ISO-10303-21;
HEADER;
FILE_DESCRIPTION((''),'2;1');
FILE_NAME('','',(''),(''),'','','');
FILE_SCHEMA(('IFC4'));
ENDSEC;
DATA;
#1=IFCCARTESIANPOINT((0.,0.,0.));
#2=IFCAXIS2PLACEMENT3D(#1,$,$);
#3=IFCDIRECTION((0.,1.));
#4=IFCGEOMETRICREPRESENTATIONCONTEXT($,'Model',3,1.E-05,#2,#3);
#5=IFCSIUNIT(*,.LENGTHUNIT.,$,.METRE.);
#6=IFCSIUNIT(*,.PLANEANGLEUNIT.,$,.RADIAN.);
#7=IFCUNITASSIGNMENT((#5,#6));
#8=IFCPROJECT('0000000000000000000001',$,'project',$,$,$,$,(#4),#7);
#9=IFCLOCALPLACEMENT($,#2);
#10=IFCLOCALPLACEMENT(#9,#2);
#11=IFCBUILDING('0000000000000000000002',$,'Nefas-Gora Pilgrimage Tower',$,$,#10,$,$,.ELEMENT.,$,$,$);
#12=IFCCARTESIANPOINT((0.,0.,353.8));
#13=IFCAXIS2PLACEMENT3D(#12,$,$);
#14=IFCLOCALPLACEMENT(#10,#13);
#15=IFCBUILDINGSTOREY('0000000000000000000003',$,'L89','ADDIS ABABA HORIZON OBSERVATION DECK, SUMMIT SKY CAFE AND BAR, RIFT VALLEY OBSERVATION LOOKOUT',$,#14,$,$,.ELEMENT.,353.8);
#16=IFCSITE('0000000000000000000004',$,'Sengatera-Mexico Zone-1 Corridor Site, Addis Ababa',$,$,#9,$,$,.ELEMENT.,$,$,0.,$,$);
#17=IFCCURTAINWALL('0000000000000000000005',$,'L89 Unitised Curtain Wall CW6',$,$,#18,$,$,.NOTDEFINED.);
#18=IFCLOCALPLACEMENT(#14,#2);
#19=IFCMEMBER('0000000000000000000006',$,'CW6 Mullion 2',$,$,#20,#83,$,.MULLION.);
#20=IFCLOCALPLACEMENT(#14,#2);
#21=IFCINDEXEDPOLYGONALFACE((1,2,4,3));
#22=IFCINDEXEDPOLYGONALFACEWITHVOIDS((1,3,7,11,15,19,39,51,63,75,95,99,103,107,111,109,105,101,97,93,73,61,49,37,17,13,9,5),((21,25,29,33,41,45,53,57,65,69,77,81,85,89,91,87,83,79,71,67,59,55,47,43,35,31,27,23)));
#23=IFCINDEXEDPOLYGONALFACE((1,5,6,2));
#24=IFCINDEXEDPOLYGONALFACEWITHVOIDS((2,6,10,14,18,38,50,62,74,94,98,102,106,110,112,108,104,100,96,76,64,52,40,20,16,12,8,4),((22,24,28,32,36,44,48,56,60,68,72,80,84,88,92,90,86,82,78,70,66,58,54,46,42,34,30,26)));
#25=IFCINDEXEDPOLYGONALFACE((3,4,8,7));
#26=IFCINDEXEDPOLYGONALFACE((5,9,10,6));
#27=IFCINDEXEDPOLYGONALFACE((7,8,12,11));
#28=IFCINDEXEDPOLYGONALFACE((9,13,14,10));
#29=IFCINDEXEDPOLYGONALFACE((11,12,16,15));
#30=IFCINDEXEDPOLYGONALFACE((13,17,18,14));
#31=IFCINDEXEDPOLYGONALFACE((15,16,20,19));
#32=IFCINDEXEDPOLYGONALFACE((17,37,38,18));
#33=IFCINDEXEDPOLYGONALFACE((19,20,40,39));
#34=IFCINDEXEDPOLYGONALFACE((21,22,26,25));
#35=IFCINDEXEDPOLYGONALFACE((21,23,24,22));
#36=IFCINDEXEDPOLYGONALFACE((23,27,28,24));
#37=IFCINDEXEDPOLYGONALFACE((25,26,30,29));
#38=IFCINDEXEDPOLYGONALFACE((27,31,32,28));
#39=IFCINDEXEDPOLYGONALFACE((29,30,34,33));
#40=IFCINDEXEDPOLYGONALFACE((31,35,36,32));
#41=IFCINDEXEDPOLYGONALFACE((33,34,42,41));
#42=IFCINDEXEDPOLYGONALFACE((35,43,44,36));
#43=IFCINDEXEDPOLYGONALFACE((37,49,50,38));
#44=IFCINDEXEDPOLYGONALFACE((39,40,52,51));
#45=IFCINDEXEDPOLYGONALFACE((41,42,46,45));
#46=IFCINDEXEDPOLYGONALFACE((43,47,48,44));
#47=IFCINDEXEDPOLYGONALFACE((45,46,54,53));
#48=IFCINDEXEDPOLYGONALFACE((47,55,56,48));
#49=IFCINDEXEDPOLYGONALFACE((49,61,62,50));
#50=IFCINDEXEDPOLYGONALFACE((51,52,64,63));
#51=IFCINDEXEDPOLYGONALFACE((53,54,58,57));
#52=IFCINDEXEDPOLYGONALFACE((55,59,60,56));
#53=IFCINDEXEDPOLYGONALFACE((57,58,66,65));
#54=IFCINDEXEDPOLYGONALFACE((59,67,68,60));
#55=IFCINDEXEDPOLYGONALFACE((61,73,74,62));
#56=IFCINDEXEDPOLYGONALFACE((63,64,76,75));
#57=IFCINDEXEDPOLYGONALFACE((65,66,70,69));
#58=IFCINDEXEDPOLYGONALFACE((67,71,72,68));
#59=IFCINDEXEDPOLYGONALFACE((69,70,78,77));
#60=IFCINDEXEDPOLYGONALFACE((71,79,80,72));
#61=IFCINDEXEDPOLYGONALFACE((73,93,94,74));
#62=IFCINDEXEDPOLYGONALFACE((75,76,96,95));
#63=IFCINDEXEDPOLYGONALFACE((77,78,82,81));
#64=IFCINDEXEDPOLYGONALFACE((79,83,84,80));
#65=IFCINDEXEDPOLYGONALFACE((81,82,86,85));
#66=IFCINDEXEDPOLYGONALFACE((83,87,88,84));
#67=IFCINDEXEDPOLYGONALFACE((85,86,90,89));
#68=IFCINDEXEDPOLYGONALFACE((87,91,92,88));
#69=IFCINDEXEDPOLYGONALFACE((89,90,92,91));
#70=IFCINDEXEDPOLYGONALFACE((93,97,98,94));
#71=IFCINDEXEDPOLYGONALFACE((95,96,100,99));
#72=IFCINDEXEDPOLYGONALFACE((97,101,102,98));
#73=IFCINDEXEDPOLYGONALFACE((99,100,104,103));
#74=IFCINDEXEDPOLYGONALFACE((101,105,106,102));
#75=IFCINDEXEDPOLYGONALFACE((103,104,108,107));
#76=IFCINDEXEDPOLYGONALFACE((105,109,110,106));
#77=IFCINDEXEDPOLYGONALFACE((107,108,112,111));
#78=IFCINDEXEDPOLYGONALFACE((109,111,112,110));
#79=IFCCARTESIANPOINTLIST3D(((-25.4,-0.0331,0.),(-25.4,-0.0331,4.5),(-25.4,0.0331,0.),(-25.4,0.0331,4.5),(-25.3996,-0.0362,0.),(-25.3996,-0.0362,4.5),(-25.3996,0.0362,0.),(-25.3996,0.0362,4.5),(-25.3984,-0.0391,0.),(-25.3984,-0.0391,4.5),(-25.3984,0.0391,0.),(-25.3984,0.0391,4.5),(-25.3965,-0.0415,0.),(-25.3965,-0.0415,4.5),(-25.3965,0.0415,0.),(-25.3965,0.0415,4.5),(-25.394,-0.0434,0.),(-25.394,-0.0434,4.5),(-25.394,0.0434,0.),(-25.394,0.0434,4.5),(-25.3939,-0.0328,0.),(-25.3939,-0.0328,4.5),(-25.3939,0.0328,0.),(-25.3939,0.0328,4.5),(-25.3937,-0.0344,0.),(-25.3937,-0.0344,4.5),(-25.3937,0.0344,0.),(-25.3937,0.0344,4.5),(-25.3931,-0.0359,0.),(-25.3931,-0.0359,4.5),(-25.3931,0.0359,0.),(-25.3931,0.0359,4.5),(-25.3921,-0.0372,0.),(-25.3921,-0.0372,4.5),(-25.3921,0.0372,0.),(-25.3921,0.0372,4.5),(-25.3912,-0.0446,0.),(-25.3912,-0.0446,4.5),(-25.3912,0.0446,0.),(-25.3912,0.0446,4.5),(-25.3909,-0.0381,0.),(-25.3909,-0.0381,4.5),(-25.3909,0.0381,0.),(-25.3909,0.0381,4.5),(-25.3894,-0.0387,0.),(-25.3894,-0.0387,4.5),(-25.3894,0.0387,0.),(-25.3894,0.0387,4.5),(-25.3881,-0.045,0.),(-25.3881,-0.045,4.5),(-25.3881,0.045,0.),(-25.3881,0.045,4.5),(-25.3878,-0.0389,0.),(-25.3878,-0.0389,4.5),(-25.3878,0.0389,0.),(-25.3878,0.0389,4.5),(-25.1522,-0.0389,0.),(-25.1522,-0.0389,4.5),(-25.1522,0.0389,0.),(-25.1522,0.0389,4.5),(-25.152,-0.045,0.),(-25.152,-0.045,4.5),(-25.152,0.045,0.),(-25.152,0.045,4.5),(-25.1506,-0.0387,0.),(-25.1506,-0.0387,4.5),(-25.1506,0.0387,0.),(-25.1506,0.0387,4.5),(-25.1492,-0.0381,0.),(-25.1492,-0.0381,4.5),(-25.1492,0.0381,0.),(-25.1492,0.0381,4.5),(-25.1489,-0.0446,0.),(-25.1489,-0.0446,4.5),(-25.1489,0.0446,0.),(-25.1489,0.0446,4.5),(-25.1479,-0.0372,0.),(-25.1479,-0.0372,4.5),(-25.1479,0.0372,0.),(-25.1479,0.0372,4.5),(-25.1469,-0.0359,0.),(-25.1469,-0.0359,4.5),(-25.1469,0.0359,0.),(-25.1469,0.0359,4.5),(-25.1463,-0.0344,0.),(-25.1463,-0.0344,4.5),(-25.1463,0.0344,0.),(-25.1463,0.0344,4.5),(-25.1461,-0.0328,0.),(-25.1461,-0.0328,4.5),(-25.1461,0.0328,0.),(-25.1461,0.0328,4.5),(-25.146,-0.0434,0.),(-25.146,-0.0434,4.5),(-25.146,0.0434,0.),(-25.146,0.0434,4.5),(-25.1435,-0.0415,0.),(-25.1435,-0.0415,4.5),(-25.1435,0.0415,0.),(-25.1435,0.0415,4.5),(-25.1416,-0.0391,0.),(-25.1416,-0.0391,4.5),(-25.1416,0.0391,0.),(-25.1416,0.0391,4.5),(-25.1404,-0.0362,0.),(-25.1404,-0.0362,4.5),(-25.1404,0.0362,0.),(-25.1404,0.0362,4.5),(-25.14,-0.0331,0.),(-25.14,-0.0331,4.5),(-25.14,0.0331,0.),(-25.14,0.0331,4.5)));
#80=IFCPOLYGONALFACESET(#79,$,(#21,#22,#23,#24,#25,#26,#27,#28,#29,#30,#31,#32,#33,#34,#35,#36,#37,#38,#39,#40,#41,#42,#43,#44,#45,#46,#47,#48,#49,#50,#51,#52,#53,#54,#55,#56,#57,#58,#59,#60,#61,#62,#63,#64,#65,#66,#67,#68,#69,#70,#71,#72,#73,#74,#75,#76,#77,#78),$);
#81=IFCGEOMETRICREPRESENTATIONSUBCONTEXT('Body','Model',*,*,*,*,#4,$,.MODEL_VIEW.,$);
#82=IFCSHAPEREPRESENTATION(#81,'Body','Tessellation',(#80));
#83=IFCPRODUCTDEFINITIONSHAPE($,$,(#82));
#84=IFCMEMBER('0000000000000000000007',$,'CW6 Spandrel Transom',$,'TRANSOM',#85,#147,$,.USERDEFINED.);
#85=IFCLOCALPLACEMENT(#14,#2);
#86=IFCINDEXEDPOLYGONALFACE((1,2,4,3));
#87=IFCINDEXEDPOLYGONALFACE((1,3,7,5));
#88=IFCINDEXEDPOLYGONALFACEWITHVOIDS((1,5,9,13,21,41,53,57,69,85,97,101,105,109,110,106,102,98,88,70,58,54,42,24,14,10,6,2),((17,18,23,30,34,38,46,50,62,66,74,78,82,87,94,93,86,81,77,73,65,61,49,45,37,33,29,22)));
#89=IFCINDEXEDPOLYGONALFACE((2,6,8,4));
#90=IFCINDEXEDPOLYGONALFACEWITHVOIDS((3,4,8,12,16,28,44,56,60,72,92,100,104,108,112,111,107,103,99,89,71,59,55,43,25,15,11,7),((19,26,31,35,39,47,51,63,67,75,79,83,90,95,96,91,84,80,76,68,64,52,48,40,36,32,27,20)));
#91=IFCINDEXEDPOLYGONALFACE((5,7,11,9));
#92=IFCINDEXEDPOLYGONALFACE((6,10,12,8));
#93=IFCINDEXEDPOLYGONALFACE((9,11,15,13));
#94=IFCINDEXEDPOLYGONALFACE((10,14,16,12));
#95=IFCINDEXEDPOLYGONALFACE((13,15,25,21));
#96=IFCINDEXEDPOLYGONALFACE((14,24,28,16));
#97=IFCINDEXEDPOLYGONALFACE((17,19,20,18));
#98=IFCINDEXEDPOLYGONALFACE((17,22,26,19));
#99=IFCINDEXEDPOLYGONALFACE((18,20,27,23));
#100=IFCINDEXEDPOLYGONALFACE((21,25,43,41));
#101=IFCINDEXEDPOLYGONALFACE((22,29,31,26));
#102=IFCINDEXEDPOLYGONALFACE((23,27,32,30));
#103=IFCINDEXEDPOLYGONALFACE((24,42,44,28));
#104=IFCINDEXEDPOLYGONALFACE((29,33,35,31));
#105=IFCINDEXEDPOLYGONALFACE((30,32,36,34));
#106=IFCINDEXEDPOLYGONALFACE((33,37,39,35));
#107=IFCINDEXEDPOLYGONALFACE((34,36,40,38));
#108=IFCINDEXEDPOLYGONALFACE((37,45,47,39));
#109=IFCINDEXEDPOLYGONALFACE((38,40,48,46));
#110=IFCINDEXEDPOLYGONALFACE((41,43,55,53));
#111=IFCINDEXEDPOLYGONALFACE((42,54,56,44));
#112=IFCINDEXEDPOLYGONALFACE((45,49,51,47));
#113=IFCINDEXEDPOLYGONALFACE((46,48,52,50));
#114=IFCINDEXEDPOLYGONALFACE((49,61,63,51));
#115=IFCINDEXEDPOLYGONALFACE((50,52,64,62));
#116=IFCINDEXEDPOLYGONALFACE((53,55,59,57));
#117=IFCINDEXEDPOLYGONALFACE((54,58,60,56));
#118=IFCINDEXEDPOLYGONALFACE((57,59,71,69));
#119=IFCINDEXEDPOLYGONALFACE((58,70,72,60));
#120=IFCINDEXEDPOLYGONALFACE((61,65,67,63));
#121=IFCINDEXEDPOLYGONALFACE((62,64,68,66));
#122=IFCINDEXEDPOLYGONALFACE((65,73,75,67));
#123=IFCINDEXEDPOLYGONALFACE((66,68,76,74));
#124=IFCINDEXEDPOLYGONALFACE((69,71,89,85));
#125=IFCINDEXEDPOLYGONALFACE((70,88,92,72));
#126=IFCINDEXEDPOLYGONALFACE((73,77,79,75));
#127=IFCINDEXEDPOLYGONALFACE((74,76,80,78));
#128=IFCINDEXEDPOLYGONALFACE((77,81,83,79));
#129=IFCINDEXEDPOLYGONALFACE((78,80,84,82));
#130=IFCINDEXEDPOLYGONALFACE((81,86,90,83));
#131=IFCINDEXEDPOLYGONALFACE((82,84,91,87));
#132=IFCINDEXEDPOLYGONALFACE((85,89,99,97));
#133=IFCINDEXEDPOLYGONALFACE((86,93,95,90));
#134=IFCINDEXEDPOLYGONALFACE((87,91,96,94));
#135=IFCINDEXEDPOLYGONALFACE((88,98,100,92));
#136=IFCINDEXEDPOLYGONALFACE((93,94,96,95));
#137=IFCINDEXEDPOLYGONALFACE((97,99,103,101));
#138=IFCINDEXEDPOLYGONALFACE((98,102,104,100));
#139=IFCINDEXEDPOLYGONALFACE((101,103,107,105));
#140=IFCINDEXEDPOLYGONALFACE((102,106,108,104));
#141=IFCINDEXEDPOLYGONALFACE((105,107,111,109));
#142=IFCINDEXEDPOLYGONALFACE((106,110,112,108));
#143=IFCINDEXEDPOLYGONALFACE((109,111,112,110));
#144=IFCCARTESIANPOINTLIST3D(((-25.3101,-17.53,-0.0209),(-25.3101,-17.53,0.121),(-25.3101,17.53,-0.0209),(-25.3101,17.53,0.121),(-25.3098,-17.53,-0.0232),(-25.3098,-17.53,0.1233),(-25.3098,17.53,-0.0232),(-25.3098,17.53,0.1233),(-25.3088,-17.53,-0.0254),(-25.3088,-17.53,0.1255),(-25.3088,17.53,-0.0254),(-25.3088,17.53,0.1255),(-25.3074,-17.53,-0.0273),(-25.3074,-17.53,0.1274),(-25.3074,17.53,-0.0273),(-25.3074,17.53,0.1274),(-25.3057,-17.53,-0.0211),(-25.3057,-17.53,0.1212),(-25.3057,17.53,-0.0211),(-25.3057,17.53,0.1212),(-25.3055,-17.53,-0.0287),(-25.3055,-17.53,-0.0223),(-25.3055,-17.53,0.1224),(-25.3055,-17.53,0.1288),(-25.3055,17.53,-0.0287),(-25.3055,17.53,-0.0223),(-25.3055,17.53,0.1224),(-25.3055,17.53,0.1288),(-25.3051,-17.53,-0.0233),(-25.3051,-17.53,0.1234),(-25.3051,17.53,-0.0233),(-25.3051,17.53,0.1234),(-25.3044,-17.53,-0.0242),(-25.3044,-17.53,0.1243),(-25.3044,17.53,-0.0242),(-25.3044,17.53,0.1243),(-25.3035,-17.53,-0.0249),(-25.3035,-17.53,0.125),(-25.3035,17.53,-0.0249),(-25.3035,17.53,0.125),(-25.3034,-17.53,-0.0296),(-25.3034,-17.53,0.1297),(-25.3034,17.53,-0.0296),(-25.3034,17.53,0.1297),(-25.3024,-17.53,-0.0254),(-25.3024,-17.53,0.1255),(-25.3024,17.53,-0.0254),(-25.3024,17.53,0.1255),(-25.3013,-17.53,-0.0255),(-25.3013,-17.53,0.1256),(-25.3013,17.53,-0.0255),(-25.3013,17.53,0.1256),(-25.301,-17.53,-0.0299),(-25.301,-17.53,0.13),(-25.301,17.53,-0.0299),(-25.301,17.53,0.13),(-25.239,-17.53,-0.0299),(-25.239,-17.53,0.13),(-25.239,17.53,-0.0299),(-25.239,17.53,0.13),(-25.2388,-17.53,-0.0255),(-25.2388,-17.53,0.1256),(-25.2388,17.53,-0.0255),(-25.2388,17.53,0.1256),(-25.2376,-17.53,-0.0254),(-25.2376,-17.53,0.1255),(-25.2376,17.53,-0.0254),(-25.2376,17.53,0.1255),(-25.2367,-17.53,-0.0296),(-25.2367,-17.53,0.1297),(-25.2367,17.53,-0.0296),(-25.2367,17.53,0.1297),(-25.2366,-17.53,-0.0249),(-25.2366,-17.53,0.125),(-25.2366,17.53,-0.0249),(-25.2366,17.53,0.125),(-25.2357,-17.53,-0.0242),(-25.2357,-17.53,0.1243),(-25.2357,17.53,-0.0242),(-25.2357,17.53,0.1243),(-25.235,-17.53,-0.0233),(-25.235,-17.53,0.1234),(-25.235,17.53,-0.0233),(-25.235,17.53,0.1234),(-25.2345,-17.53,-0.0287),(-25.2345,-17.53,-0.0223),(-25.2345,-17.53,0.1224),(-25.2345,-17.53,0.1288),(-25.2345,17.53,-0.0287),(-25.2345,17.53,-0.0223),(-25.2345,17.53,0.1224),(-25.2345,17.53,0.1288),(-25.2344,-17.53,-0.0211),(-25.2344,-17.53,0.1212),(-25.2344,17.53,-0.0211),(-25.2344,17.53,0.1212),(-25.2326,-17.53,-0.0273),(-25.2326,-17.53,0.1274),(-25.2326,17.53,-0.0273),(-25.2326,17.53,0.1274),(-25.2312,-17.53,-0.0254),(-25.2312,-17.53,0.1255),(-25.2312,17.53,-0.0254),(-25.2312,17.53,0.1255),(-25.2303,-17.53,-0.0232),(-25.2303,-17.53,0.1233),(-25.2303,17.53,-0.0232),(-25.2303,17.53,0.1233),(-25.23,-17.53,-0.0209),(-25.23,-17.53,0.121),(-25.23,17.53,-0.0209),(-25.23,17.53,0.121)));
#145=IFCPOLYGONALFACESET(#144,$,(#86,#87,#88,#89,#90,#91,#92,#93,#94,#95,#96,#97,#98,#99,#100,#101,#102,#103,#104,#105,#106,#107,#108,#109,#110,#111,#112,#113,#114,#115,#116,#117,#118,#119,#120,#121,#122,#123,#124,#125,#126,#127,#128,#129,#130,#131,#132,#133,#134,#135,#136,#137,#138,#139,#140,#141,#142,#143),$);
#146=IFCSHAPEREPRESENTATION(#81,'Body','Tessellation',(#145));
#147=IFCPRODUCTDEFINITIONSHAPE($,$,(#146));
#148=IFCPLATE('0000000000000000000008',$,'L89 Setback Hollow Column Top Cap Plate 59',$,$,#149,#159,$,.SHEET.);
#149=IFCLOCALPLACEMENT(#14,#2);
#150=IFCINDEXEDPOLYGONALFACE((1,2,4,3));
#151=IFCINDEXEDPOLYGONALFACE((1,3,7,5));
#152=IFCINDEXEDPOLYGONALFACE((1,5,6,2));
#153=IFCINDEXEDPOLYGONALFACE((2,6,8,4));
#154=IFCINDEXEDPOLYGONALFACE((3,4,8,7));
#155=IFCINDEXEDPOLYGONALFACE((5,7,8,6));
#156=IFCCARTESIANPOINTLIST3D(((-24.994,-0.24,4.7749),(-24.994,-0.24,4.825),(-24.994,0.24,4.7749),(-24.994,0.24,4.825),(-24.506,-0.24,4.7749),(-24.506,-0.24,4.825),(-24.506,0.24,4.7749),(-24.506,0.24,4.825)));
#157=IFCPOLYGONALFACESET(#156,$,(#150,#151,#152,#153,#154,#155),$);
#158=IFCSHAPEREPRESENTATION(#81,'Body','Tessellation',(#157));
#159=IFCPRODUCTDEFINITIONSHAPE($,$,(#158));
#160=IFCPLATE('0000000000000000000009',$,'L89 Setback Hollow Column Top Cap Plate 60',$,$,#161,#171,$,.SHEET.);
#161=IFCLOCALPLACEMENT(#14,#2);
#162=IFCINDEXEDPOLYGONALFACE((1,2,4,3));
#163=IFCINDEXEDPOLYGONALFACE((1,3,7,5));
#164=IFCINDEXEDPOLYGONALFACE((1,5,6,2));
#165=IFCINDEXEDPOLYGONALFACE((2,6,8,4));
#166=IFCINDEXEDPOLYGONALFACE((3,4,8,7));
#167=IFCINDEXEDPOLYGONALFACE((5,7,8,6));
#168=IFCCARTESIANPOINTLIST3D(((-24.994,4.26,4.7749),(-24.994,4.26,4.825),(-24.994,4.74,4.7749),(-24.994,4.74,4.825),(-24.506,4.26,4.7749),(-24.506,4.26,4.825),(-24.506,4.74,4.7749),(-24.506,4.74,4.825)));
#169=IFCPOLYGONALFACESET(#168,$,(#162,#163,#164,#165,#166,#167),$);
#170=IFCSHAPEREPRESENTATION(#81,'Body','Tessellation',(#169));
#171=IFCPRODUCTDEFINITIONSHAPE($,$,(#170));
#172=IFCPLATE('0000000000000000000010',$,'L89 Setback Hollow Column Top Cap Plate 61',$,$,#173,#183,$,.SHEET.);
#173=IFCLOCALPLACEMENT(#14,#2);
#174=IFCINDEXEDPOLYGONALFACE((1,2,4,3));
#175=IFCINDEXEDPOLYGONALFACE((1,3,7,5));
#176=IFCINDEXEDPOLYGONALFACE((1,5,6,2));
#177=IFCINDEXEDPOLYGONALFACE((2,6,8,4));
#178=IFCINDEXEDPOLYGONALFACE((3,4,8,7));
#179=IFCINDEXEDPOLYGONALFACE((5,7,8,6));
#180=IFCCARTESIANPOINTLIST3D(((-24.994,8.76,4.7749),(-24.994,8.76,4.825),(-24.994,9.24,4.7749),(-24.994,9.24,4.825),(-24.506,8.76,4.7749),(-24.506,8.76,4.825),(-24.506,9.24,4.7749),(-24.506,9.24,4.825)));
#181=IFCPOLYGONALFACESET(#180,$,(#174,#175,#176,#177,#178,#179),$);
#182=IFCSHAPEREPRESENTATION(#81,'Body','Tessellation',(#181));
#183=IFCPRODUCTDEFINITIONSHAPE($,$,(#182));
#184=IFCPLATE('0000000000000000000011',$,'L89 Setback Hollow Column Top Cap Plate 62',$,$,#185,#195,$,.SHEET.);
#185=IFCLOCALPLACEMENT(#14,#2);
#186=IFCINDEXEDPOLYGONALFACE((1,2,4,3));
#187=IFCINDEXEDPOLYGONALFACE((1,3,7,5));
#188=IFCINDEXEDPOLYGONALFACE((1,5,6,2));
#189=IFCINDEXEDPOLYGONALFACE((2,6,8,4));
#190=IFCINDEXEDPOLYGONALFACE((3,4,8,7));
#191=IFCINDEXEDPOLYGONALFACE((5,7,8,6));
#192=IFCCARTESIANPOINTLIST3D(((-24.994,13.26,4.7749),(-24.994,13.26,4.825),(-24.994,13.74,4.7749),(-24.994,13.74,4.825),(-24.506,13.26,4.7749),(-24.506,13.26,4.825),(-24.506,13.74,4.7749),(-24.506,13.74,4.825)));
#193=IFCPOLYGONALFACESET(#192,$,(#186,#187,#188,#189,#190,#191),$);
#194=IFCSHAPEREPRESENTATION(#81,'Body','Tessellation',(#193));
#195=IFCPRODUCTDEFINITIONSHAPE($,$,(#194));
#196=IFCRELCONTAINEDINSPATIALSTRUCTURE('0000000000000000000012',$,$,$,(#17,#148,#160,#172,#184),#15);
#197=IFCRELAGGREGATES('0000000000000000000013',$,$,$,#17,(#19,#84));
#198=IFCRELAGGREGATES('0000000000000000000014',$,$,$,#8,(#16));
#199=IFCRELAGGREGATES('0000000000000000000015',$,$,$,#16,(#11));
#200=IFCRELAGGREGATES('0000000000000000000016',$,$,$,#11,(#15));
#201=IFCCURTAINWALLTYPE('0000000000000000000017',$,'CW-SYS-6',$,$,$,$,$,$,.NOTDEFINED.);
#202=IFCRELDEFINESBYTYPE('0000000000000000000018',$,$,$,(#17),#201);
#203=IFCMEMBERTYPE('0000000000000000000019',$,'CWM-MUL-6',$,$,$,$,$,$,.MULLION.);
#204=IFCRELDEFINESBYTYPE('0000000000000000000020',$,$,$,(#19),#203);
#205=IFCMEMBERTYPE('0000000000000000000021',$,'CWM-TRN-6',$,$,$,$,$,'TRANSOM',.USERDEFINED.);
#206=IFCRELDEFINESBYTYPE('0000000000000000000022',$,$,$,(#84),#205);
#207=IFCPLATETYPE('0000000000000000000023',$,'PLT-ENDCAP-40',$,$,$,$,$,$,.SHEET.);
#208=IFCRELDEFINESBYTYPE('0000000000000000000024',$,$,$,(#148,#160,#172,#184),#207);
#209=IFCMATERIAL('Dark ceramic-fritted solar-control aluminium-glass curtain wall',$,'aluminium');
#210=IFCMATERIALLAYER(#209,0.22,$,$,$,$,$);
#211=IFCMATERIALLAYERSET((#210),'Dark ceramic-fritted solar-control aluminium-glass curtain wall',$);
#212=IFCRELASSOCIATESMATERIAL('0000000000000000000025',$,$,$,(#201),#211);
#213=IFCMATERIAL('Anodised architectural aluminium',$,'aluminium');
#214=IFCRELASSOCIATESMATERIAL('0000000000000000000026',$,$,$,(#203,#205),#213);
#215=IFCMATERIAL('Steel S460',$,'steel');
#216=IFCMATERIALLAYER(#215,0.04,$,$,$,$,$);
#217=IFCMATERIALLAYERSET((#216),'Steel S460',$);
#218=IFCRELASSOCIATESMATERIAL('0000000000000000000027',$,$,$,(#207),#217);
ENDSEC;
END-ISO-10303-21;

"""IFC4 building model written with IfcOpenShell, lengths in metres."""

from ifc_helpers import new_model, si_unit, direction, frame, origin, origin_2d, place, context, subcontext, project, spatial, rectangle, hollow_rectangle, extrude, source, transform, mapped, material, layer, layer_set, material_profile, profile_set, type_object, element, aggregate, save


model = new_model("IFC4")

# Units and contexts
model_context = context("Model", 3, precision=1e-05, world=origin(), true_north=direction((0.0, 1.0)))
body_context = subcontext(model_context, "Body", "Model", "MODEL_VIEW")
ifc_project = project(units=[si_unit("LENGTHUNIT", "METRE"), si_unit("PLANEANGLEUNIT", "RADIAN")], contexts=[model_context])

# Site, building, storey
site_placement = place(None, origin())
site = spatial("IfcSite", under=ifc_project, at=site_placement, Name="Sengatera-Mexico Zone-1 Corridor Site, Addis Ababa", CompositionType="ELEMENT", RefElevation=0.0)
building_placement = place(site_placement, origin())
building = spatial("IfcBuilding", under=site, at=building_placement, Name="Nefas-Gora Pilgrimage Tower", CompositionType="ELEMENT")
storey_placement = place(building_placement, frame((0.0, 0.0, 353.8)))
storey = spatial("IfcBuildingStorey", under=building, at=storey_placement, Name="L89", Description="ADDIS ABABA HORIZON OBSERVATION DECK, SUMMIT SKY CAFE AND BAR, RIFT VALLEY OBSERVATION LOOKOUT", CompositionType="ELEMENT", Elevation=353.8)

# Shared definitions
ifc_material_1 = material(Name="Dark ceramic-fritted solar-control aluminium-glass curtain wall", Category="aluminium")
ifc_layer_1 = layer(ifc_material_1, 0.22)
ifc_layer_set_1 = layer_set([ifc_layer_1], Name="Dark ceramic-fritted solar-control aluminium-glass curtain wall")
curtain_wall_type = type_object("IfcCurtainWallType", Name="CW-SYS-6", PredefinedType="NOTDEFINED", material=ifc_layer_set_1)
ifc_material_2 = material(Name="Anodised architectural aluminium", Category="aluminium")
ifc_material_profile_1 = material_profile(ifc_material_2, hollow_rectangle(XDim=0.0901, YDim=0.26, WallThickness=0.0061, InnerFilletRadius=0.0061, OuterFilletRadius=0.012, at=origin_2d()), Name="ALU MULLION 90x260")
ifc_profile_set_1 = profile_set([ifc_material_profile_1], Name="Anodised architectural aluminium")
member_type_1 = type_object("IfcMemberType", Name="CWM-MUL-6", PredefinedType="MULLION", material=ifc_profile_set_1)
shared_shape_1 = source(origin(), body_context, "Body", "SweptSolid", [
    extrude(hollow_rectangle(XDim=0.0901, YDim=0.26, WallThickness=0.0061, InnerFilletRadius=0.0061, OuterFilletRadius=0.012, at=origin_2d()), origin(), (0.0, 0.0, 1.0), 4.5),
])

# Curtain wall, members
curtain_wall_1_placement = place(storey_placement, origin())
curtain_wall_1 = element("IfcCurtainWall", 1, at=curtain_wall_1_placement, inside=storey, type_object=curtain_wall_type, Name="L89 Unitised Curtain Wall CW6", PredefinedType="NOTDEFINED")
member_1_placement = place(storey_placement, frame((-25.27, 0.0, 0.0), z_axis=(0.0, 0.0, 1.0), x_axis=(0.0, -1.0, 0.0)))
member_1 = element("IfcMember", 2, at=member_1_placement, type_object=member_type_1, Name="CW6 Mullion 2", PredefinedType="MULLION", context=body_context, shape_type="MappedRepresentation", body=[
    mapped(shared_shape_1, transform((0.0, 0.0, 0.0), x_axis=(1.0, 0.0, 0.0), y_axis=(0.0, 1.0, 0.0), z_axis=(0.0, 0.0, 1.0), scale=1.0)),
])
ifc_material_profile_2 = material_profile(ifc_material_2, hollow_rectangle(XDim=0.0801, YDim=0.1599, WallThickness=0.0044, InnerFilletRadius=0.0044, OuterFilletRadius=0.009, at=origin_2d()), Name="ALU TRANSOM 80x160")
ifc_profile_set_2 = profile_set([ifc_material_profile_2], Name="Anodised architectural aluminium")
member_type_2 = type_object("IfcMemberType", Name="CWM-TRN-6", ElementType="TRANSOM", PredefinedType="USERDEFINED", material=ifc_profile_set_2)
shared_shape_2 = source(origin(), body_context, "Body", "SweptSolid", [
    extrude(hollow_rectangle(XDim=0.0801, YDim=0.1599, WallThickness=0.0044, InnerFilletRadius=0.0044, OuterFilletRadius=0.009, at=origin_2d()), origin(), (0.0, 0.0, 1.0), 35.0601),
])
member_2_placement = place(storey_placement, frame((-25.27, 17.53, 0.05), z_axis=(0.0, -1.0, 0.0), x_axis=(1.0, 0.0, 0.0)))
member_2 = element("IfcMember", 3, at=member_2_placement, type_object=member_type_2, Name="CW6 Spandrel Transom", ObjectType="TRANSOM", PredefinedType="USERDEFINED", context=body_context, shape_type="MappedRepresentation", body=[
    mapped(shared_shape_2, transform((0.0, 0.0, 0.0), x_axis=(1.0, 0.0, 0.0), y_axis=(0.0, 1.0, 0.0), z_axis=(0.0, 0.0, 1.0), scale=1.0)),
])

# Plates
ifc_material_3 = material(Name="Steel S460", Category="steel")
ifc_layer_2 = layer(ifc_material_3, 0.04)
ifc_layer_set_2 = layer_set([ifc_layer_2], Name="Steel S460")
plate_type_1 = type_object("IfcPlateType", Name="PLT-ENDCAP-40", PredefinedType="SHEET", material=ifc_layer_set_2)
shared_shape_3 = source(origin(), body_context, "Body", "SweptSolid", [
    extrude(rectangle(XDim=0.488, YDim=0.48, at=origin_2d()), origin(), (0.0, 0.0, 1.0), 0.05),
])
for number, where, z_axis, x_axis, name in (
    (4, (-24.75, 0.0, 4.7749), (0.0, 0.0, 1.0), (1.0, 0.0, 0.0), "L89 Setback Hollow Column Top Cap Plate 59"),
    (5, (-24.75, 4.5, 4.7749), (0.0, 0.0, 1.0), (1.0, 0.0, 0.0), "L89 Setback Hollow Column Top Cap Plate 60"),
    (6, (-24.75, 9.0, 4.7749), (0.0, 0.0, 1.0), (1.0, 0.0, 0.0), "L89 Setback Hollow Column Top Cap Plate 61"),
    (7, (-24.75, 13.5, 4.7749), (0.0, 0.0, 1.0), (1.0, 0.0, 0.0), "L89 Setback Hollow Column Top Cap Plate 62"),
):
    element("IfcPlate", number, at=place(storey_placement, frame(where, z_axis=z_axis, x_axis=x_axis)), inside=storey, type_object=plate_type_1, Name=name, PredefinedType="SHEET", context=body_context, shape_type="MappedRepresentation", body=[
        mapped(shared_shape_3, transform((0.0, 0.0, 0.0), x_axis=(1.0, 0.0, 0.0), y_axis=(0.0, 1.0, 0.0), z_axis=(0.0, 0.0, 1.0), scale=1.0)),
    ])

aggregate(curtain_wall_1, [member_1, member_2])

save(model, "model.ifc")
